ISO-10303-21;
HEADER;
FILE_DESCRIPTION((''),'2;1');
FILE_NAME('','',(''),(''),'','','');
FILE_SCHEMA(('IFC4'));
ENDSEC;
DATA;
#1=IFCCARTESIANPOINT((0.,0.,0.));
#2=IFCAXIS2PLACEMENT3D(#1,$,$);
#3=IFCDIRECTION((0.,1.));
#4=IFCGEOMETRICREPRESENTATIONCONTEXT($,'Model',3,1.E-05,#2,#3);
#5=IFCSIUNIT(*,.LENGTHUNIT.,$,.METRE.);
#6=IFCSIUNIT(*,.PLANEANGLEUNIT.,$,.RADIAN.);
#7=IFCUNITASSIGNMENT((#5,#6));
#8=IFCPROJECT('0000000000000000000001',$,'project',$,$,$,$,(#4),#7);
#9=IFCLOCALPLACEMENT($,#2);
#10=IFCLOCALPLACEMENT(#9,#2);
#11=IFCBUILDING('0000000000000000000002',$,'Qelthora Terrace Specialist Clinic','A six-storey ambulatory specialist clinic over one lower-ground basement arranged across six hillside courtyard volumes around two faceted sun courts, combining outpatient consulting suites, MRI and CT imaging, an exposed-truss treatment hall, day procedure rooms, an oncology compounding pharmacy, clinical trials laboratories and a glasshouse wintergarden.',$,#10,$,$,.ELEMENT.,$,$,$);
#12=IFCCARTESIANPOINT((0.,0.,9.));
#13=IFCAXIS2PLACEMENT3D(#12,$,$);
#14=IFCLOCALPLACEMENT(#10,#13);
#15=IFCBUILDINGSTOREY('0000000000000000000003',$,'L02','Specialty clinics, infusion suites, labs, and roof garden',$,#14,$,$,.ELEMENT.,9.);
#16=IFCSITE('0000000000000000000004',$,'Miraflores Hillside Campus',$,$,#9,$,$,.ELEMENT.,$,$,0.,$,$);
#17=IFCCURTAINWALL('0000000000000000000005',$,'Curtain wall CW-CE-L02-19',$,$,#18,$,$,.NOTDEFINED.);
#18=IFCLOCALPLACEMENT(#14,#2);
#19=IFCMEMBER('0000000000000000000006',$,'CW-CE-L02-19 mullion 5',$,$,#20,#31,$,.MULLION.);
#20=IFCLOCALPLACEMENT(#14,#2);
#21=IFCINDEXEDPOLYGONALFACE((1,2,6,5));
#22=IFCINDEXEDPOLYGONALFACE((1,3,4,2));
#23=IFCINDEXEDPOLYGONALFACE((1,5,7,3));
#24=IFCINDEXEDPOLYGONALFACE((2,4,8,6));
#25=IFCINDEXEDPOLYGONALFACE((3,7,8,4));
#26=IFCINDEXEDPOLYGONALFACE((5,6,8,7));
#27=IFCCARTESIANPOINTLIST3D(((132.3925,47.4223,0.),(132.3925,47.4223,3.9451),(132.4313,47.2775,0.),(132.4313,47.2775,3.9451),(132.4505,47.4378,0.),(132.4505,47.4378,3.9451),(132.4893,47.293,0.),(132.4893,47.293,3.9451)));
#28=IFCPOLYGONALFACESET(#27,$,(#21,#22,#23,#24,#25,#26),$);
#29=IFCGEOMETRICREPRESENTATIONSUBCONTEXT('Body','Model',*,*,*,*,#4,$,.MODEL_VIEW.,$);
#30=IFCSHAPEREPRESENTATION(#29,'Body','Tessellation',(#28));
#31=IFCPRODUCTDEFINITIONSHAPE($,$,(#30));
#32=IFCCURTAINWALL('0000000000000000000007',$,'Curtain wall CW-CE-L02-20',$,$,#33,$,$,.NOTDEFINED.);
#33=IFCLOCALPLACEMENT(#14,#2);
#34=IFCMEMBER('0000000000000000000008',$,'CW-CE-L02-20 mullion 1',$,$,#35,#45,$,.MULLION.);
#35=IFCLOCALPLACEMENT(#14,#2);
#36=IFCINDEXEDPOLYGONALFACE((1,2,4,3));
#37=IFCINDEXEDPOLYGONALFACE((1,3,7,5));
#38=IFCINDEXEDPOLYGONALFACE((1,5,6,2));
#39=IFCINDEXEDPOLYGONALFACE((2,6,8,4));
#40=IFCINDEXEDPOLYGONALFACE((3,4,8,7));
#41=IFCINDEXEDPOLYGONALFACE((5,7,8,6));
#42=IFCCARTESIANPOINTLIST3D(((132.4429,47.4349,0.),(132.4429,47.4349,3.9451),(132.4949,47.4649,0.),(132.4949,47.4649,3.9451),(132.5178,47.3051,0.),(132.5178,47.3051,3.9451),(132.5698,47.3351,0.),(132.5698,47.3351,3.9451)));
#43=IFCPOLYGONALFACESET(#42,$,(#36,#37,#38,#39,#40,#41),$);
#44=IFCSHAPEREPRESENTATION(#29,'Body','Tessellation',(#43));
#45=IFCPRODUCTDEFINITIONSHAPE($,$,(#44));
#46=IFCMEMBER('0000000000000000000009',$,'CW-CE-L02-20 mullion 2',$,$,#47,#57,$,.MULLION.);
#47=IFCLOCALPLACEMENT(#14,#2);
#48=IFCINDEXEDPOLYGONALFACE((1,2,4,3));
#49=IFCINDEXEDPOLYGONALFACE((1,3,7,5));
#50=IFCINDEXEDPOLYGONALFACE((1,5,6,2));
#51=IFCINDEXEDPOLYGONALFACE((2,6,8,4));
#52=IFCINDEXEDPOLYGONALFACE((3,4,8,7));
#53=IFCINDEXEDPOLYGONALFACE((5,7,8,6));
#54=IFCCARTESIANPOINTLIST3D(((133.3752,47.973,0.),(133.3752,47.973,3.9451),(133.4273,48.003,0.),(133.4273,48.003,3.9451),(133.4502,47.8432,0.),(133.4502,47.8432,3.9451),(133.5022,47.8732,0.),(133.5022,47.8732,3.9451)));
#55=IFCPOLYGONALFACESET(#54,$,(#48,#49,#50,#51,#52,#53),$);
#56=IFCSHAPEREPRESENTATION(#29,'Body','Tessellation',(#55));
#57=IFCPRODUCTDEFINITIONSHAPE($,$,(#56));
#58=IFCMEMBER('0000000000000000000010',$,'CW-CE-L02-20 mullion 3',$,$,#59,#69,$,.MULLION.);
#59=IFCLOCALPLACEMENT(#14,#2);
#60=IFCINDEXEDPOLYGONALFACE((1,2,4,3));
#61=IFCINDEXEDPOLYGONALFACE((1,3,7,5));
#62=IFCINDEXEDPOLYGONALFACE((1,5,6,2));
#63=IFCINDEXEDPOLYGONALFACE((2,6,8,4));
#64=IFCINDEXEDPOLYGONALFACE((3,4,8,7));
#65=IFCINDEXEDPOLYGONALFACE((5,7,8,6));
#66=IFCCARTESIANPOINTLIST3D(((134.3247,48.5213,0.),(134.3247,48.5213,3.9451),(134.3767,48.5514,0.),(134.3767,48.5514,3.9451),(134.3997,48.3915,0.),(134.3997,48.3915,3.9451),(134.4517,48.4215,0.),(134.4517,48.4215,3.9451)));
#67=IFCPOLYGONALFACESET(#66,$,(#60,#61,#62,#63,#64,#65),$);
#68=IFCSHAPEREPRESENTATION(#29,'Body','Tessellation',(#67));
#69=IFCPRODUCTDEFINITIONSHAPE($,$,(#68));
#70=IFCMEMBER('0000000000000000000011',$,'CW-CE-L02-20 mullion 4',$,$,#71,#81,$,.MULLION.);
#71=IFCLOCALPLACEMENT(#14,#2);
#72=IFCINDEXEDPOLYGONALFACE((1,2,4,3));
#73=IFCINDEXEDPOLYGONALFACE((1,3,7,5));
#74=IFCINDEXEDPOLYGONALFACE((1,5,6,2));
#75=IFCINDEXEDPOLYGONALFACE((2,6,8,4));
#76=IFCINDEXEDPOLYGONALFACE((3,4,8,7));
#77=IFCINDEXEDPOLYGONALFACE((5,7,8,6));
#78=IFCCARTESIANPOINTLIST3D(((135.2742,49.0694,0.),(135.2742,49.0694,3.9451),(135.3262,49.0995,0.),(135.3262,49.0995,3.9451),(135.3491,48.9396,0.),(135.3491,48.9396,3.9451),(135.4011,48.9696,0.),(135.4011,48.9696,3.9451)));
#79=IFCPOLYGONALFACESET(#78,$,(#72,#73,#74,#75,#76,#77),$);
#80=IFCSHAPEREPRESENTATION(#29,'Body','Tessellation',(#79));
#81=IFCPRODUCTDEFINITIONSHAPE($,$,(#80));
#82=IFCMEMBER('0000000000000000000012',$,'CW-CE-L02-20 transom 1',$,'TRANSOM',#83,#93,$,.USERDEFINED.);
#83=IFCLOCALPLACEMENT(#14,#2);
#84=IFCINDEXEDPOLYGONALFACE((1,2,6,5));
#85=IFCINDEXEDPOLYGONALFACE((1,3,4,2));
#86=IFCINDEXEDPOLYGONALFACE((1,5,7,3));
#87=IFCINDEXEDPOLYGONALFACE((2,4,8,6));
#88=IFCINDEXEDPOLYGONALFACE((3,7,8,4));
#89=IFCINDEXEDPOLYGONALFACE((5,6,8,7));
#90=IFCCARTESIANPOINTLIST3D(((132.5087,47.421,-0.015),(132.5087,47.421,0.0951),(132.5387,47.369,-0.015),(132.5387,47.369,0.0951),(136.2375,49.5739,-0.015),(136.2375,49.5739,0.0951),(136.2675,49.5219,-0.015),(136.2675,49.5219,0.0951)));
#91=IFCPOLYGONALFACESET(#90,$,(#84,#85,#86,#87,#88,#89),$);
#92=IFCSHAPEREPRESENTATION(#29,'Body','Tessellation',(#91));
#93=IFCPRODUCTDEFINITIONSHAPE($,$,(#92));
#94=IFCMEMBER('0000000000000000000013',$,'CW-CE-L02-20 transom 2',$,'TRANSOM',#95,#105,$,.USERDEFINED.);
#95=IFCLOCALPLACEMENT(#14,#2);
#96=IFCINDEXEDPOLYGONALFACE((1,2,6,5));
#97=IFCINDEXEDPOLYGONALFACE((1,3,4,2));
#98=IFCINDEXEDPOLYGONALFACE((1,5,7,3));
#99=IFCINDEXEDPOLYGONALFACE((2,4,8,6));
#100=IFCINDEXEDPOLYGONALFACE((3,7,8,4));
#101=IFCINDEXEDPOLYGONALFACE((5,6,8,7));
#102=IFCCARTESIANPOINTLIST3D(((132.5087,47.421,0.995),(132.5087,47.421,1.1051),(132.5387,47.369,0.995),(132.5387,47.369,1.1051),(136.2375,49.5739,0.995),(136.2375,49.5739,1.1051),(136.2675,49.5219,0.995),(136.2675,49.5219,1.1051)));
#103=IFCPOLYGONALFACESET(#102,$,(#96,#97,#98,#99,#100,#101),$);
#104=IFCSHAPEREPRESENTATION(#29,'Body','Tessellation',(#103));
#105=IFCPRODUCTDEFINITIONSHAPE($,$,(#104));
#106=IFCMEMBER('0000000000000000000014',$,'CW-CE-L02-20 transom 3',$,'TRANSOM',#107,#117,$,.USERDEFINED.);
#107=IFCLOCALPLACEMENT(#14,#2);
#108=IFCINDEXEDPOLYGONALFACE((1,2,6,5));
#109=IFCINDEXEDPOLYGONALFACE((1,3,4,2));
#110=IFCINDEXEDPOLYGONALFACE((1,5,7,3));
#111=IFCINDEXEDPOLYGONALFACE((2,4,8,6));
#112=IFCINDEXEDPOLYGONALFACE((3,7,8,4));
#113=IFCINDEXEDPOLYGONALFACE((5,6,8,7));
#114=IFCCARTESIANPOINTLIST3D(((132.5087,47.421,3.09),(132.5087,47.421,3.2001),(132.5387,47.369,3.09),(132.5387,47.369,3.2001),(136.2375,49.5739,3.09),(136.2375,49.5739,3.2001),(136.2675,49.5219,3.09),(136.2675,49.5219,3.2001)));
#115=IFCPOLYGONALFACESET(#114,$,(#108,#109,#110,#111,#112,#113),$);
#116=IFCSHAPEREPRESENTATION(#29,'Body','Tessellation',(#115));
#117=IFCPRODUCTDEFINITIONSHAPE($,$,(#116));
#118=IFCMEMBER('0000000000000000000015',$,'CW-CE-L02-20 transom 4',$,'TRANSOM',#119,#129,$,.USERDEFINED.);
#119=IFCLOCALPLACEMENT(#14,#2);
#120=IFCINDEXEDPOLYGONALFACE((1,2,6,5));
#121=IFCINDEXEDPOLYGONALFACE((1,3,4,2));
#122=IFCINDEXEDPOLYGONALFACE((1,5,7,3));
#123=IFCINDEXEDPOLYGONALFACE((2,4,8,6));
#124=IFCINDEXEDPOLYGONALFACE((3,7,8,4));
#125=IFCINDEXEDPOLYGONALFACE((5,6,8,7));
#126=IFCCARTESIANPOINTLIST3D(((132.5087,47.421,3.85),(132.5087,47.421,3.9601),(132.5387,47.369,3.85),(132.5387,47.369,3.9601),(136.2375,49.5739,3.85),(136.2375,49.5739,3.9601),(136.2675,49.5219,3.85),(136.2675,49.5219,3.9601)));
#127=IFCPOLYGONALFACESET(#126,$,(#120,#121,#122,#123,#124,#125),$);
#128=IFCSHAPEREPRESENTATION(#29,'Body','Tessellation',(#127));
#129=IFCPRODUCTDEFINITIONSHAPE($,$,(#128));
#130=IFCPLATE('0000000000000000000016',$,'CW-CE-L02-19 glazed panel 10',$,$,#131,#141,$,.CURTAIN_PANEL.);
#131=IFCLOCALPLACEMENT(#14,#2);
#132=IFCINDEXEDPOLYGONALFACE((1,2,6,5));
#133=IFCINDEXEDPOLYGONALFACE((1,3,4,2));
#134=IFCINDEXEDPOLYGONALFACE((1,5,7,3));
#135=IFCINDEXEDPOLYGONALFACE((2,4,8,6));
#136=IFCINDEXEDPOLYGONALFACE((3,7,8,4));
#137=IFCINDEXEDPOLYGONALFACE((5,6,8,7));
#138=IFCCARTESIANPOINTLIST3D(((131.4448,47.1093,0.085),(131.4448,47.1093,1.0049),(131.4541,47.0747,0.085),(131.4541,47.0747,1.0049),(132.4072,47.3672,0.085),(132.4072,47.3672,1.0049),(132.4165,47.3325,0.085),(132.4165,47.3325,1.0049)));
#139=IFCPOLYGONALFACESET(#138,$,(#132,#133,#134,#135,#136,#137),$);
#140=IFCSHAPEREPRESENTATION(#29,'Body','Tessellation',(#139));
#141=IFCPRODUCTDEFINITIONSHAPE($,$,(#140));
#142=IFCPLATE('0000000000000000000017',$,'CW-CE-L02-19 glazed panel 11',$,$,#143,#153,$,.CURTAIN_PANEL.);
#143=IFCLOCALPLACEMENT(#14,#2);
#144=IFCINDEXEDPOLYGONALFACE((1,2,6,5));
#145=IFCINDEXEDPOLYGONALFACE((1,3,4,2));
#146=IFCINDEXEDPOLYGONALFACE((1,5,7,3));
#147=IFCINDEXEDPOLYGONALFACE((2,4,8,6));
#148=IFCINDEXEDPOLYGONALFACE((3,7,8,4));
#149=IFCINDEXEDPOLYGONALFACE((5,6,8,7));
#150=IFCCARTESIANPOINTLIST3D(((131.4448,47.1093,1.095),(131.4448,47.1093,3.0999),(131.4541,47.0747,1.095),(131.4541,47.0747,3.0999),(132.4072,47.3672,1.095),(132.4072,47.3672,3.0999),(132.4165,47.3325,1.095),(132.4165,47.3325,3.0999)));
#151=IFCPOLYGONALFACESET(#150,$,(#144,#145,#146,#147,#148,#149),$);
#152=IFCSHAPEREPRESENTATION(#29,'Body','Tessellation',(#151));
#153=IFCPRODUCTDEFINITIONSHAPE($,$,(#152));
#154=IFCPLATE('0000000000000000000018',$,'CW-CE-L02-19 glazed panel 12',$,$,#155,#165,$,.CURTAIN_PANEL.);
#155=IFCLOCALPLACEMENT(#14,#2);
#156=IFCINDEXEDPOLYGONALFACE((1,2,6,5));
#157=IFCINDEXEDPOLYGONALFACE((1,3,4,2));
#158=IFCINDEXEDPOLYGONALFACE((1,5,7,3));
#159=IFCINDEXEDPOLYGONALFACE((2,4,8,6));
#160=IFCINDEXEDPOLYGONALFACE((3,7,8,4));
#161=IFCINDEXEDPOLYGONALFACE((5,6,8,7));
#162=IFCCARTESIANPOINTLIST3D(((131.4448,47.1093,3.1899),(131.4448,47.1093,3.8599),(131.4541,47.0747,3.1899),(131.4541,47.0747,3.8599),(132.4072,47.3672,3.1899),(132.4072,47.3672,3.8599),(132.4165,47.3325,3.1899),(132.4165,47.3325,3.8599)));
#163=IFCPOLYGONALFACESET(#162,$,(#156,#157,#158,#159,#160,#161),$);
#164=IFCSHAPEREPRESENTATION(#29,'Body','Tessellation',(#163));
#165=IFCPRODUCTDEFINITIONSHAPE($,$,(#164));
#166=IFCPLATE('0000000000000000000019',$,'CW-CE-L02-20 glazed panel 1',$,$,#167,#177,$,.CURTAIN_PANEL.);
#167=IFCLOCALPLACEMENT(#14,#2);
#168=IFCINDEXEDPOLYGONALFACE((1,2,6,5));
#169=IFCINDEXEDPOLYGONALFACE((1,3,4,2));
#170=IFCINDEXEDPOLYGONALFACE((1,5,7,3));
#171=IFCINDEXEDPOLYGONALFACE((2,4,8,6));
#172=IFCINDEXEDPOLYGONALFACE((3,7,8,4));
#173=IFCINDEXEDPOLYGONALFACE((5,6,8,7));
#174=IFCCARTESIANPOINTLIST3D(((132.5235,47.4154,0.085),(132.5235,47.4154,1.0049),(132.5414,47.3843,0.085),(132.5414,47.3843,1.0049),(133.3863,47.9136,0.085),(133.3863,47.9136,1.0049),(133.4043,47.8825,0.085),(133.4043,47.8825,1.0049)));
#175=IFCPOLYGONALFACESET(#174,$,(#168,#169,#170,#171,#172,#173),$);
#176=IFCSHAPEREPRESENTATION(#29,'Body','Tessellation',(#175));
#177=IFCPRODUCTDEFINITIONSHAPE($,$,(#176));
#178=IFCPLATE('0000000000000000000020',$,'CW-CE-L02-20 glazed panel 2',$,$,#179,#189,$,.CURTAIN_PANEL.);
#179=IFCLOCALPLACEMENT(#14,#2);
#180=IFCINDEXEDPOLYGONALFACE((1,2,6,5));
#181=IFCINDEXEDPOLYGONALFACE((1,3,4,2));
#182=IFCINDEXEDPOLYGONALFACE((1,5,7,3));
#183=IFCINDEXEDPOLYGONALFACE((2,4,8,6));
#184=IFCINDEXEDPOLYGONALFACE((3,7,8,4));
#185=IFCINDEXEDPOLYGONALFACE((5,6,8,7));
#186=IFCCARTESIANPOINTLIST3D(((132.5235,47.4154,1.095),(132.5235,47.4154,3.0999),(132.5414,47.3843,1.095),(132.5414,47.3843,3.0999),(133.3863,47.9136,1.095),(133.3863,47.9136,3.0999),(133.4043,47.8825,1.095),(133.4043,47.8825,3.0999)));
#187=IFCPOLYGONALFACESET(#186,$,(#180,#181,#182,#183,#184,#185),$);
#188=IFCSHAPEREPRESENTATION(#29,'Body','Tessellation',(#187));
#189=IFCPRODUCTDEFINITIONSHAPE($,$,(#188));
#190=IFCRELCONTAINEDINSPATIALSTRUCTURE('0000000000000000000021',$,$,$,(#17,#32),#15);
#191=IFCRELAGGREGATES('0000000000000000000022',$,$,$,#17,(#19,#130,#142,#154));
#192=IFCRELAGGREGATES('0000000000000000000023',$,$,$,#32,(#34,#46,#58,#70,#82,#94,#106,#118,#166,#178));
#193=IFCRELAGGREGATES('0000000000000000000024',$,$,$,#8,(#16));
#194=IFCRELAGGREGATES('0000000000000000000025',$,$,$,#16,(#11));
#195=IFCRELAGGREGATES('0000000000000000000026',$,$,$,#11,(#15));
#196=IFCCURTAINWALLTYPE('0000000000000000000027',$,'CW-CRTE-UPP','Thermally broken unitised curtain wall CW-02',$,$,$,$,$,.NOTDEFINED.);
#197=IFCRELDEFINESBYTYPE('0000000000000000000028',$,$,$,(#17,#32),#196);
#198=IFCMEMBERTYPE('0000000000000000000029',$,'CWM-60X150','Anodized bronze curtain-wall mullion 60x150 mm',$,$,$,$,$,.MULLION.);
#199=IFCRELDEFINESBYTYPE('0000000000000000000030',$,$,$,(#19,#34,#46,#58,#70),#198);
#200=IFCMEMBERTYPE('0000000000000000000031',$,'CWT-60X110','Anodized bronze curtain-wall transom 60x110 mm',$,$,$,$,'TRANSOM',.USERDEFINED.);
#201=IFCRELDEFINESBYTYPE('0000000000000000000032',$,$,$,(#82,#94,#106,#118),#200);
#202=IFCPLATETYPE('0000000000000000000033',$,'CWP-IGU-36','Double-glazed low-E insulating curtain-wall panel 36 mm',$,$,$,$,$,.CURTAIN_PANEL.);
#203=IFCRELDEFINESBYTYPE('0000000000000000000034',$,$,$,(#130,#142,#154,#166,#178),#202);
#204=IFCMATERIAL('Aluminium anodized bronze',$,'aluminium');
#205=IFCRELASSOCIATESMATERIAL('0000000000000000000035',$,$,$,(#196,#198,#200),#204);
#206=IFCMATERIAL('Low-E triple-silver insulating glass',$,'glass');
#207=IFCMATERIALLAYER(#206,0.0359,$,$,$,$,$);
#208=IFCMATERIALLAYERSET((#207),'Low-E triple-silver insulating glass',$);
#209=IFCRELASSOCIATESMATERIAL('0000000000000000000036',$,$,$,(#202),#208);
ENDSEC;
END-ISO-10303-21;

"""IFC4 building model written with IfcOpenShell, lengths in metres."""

from ifc_helpers import new_model, si_unit, direction, frame, origin, origin_2d, place, context, subcontext, project, spatial, rectangle, extrude, material, layer, layer_set, material_profile, profile_set, type_object, element, aggregate, save


model = new_model("IFC4")

# Units and contexts
model_context = context("Model", 3, precision=1e-05, world=origin(), true_north=direction((0.0, 1.0)))
body_context = subcontext(model_context, "Body", "Model", "MODEL_VIEW")
ifc_project = project(units=[si_unit("LENGTHUNIT", "METRE"), si_unit("PLANEANGLEUNIT", "RADIAN")], contexts=[model_context])

# Site, building, storey
site_placement = place(None, origin())
site = spatial("IfcSite", under=ifc_project, at=site_placement, Name="Miraflores Hillside Campus", CompositionType="ELEMENT", RefElevation=0.0)
building_placement = place(site_placement, origin())
building = spatial("IfcBuilding", under=site, at=building_placement, Name="Qelthora Terrace Specialist Clinic", Description="A six-storey ambulatory specialist clinic over one lower-ground basement arranged across six hillside courtyard volumes around two faceted sun courts, combining outpatient consulting suites, MRI and CT imaging, an exposed-truss treatment hall, day procedure rooms, an oncology compounding pharmacy, clinical trials laboratories and a glasshouse wintergarden.", CompositionType="ELEMENT")
storey_placement = place(building_placement, frame((0.0, 0.0, 9.0)))
storey = spatial("IfcBuildingStorey", under=building, at=storey_placement, Name="L02", Description="Specialty clinics, infusion suites, labs, and roof garden", CompositionType="ELEMENT", Elevation=9.0)

# Curtain wall, member
ifc_material_1 = material(Name="Aluminium anodized bronze", Category="aluminium")
curtain_wall_type = type_object("IfcCurtainWallType", Name="CW-CRTE-UPP", Description="Thermally broken unitised curtain wall CW-02", PredefinedType="NOTDEFINED", material=ifc_material_1)
curtain_wall_1_placement = place(storey_placement, origin())
curtain_wall_1 = element("IfcCurtainWall", 1, at=curtain_wall_1_placement, inside=storey, type_object=curtain_wall_type, Name="Curtain wall CW-CE-L02-19", PredefinedType="NOTDEFINED")
ifc_material_profile_1 = material_profile(ifc_material_1, rectangle(XDim=0.0601, YDim=0.1499, at=origin_2d()), Name="CWM60X150")
ifc_profile_set_1 = profile_set([ifc_material_profile_1], Name="Aluminium anodized bronze")
member_type_1 = type_object("IfcMemberType", Name="CWM-60X150", Description="Anodized bronze curtain-wall mullion 60x150 mm", PredefinedType="MULLION", material=ifc_profile_set_1)
member_1_placement = place(storey_placement, frame((132.4409, 47.3577, 0.0), z_axis=(0.0, 0.0, 1.0), x_axis=(0.965926, 0.25882, 0.0)))
member_1 = element("IfcMember", 2, at=member_1_placement, type_object=member_type_1, Name="CW-CE-L02-19 mullion 5", PredefinedType="MULLION", context=body_context, shape_type="SweptSolid", body=[
    extrude(rectangle(XDim=0.0601, YDim=0.1499, at=origin_2d()), origin(), (0.0, 0.0, 1.0), 3.9451),
])

# Curtain wall, members
curtain_wall_2_placement = place(storey_placement, origin())
curtain_wall_2 = element("IfcCurtainWall", 3, at=curtain_wall_2_placement, inside=storey, type_object=curtain_wall_type, Name="Curtain wall CW-CE-L02-20", PredefinedType="NOTDEFINED")
member_2_placement = place(storey_placement, frame((132.5063, 47.385, 0.0), z_axis=(0.0, 0.0, 1.0), x_axis=(0.866025, 0.5, 0.0)))
member_2 = element("IfcMember", 4, at=member_2_placement, type_object=member_type_1, Name="CW-CE-L02-20 mullion 1", PredefinedType="MULLION", context=body_context, shape_type="SweptSolid", body=[
    extrude(rectangle(XDim=0.0601, YDim=0.1499, at=origin_2d()), origin(), (0.0, 0.0, 1.0), 3.9451),
])
member_3_placement = place(storey_placement, frame((133.4387, 47.9231, 0.0), z_axis=(0.0, 0.0, 1.0), x_axis=(0.866025, 0.5, 0.0)))
member_3 = element("IfcMember", 5, at=member_3_placement, type_object=member_type_1, Name="CW-CE-L02-20 mullion 2", PredefinedType="MULLION", context=body_context, shape_type="SweptSolid", body=[
    extrude(rectangle(XDim=0.0601, YDim=0.1499, at=origin_2d()), origin(), (0.0, 0.0, 1.0), 3.9451),
])
member_4_placement = place(storey_placement, frame((134.3882, 48.4714, 0.0), z_axis=(0.0, 0.0, 1.0), x_axis=(0.866025, 0.5, 0.0)))
member_4 = element("IfcMember", 6, at=member_4_placement, type_object=member_type_1, Name="CW-CE-L02-20 mullion 3", PredefinedType="MULLION", context=body_context, shape_type="SweptSolid", body=[
    extrude(rectangle(XDim=0.0601, YDim=0.1499, at=origin_2d()), origin(), (0.0, 0.0, 1.0), 3.9451),
])
member_5_placement = place(storey_placement, frame((135.3376, 49.0195, 0.0), z_axis=(0.0, 0.0, 1.0), x_axis=(0.866025, 0.5, 0.0)))
member_5 = element("IfcMember", 7, at=member_5_placement, type_object=member_type_1, Name="CW-CE-L02-20 mullion 4", PredefinedType="MULLION", context=body_context, shape_type="SweptSolid", body=[
    extrude(rectangle(XDim=0.0601, YDim=0.1499, at=origin_2d()), origin(), (0.0, 0.0, 1.0), 3.9451),
])
ifc_material_profile_2 = material_profile(ifc_material_1, rectangle(XDim=0.0601, YDim=0.1101, at=origin_2d()), Name="CWT60X110")
ifc_profile_set_2 = profile_set([ifc_material_profile_2], Name="Aluminium anodized bronze")
member_type_2 = type_object("IfcMemberType", Name="CWT-60X110", Description="Anodized bronze curtain-wall transom 60x110 mm", ElementType="TRANSOM", PredefinedType="USERDEFINED", material=ifc_profile_set_2)
member_6_placement = place(storey_placement, frame((132.5237, 47.395, 0.04), z_axis=(0.866022, 0.500006, 0.0), x_axis=(-0.500006, 0.866022, 0.0)))
member_6 = element("IfcMember", 8, at=member_6_placement, type_object=member_type_2, Name="CW-CE-L02-20 transom 1", ObjectType="TRANSOM", PredefinedType="USERDEFINED", context=body_context, shape_type="SweptSolid", body=[
    extrude(rectangle(XDim=0.0601, YDim=0.1101, at=origin_2d()), origin(), (0.0, 0.0, 1.0), 4.3057),
])
member_7_placement = place(storey_placement, frame((132.5237, 47.395, 1.05), z_axis=(0.866022, 0.500006, 0.0), x_axis=(-0.500006, 0.866022, 0.0)))
member_7 = element("IfcMember", 9, at=member_7_placement, type_object=member_type_2, Name="CW-CE-L02-20 transom 2", ObjectType="TRANSOM", PredefinedType="USERDEFINED", context=body_context, shape_type="SweptSolid", body=[
    extrude(rectangle(XDim=0.0601, YDim=0.1101, at=origin_2d()), origin(), (0.0, 0.0, 1.0), 4.3057),
])
member_8_placement = place(storey_placement, frame((132.5237, 47.395, 3.145), z_axis=(0.866022, 0.500006, 0.0), x_axis=(-0.500006, 0.866022, 0.0)))
member_8 = element("IfcMember", 10, at=member_8_placement, type_object=member_type_2, Name="CW-CE-L02-20 transom 3", ObjectType="TRANSOM", PredefinedType="USERDEFINED", context=body_context, shape_type="SweptSolid", body=[
    extrude(rectangle(XDim=0.0601, YDim=0.1101, at=origin_2d()), origin(), (0.0, 0.0, 1.0), 4.3057),
])
member_9_placement = place(storey_placement, frame((132.5237, 47.395, 3.905), z_axis=(0.866022, 0.500006, 0.0), x_axis=(-0.500006, 0.866022, 0.0)))
member_9 = element("IfcMember", 11, at=member_9_placement, type_object=member_type_2, Name="CW-CE-L02-20 transom 4", ObjectType="TRANSOM", PredefinedType="USERDEFINED", context=body_context, shape_type="SweptSolid", body=[
    extrude(rectangle(XDim=0.0601, YDim=0.1101, at=origin_2d()), origin(), (0.0, 0.0, 1.0), 4.3057),
])

# Plates
ifc_material_2 = material(Name="Low-E triple-silver insulating glass", Category="glass")
ifc_layer = layer(ifc_material_2, 0.0359)
ifc_layer_set = layer_set([ifc_layer], Name="Low-E triple-silver insulating glass")
plate_type = type_object("IfcPlateType", Name="CWP-IGU-36", Description="Double-glazed low-E insulating curtain-wall panel 36 mm", PredefinedType="CURTAIN_PANEL", material=ifc_layer_set)
plate_1_placement = place(storey_placement, frame((131.9307, 47.2209, 0.085), z_axis=(0.0, 0.0, 1.0), x_axis=(0.965926, 0.258819, 0.0)))
plate_1 = element("IfcPlate", 12, at=plate_1_placement, type_object=plate_type, Name="CW-CE-L02-19 glazed panel 10", PredefinedType="CURTAIN_PANEL", context=body_context, shape_type="SweptSolid", body=[
    extrude(rectangle(XDim=0.9963, YDim=0.0359, at=origin_2d()), origin(), (0.0, 0.0, 1.0), 0.9199),
])
plate_2_placement = place(storey_placement, frame((131.9307, 47.2209, 1.095), z_axis=(0.0, 0.0, 1.0), x_axis=(0.965926, 0.258819, 0.0)))
plate_2 = element("IfcPlate", 13, at=plate_2_placement, type_object=plate_type, Name="CW-CE-L02-19 glazed panel 11", PredefinedType="CURTAIN_PANEL", context=body_context, shape_type="SweptSolid", body=[
    extrude(rectangle(XDim=0.9963, YDim=0.0359, at=origin_2d()), origin(), (0.0, 0.0, 1.0), 2.0049),
])
plate_3_placement = place(storey_placement, frame((131.9307, 47.2209, 3.1899), z_axis=(0.0, 0.0, 1.0), x_axis=(0.965926, 0.258819, 0.0)))
plate_3 = element("IfcPlate", 14, at=plate_3_placement, type_object=plate_type, Name="CW-CE-L02-19 glazed panel 12", PredefinedType="CURTAIN_PANEL", context=body_context, shape_type="SweptSolid", body=[
    extrude(rectangle(XDim=0.9963, YDim=0.0359, at=origin_2d()), origin(), (0.0, 0.0, 1.0), 0.6699),
])
aggregate(curtain_wall_1, [member_1, plate_1, plate_2, plate_3])
plate_4_placement = place(storey_placement, frame((132.9639, 47.6489, 0.085), z_axis=(0.0, 0.0, 1.0), x_axis=(0.866025, 0.5, 0.0)))
plate_4 = element("IfcPlate", 15, at=plate_4_placement, type_object=plate_type, Name="CW-CE-L02-20 glazed panel 1", PredefinedType="CURTAIN_PANEL", context=body_context, shape_type="SweptSolid", body=[
    extrude(rectangle(XDim=0.9963, YDim=0.0359, at=origin_2d()), origin(), (0.0, 0.0, 1.0), 0.9199),
])
plate_5_placement = place(storey_placement, frame((132.9639, 47.6489, 1.095), z_axis=(0.0, 0.0, 1.0), x_axis=(0.866025, 0.5, 0.0)))
plate_5 = element("IfcPlate", 16, at=plate_5_placement, type_object=plate_type, Name="CW-CE-L02-20 glazed panel 2", PredefinedType="CURTAIN_PANEL", context=body_context, shape_type="SweptSolid", body=[
    extrude(rectangle(XDim=0.9963, YDim=0.0359, at=origin_2d()), origin(), (0.0, 0.0, 1.0), 2.0049),
])
aggregate(curtain_wall_2, [member_2, member_3, member_4, member_5, member_6, member_7, member_8, member_9, plate_4, plate_5])

save(model, "model.ifc")
